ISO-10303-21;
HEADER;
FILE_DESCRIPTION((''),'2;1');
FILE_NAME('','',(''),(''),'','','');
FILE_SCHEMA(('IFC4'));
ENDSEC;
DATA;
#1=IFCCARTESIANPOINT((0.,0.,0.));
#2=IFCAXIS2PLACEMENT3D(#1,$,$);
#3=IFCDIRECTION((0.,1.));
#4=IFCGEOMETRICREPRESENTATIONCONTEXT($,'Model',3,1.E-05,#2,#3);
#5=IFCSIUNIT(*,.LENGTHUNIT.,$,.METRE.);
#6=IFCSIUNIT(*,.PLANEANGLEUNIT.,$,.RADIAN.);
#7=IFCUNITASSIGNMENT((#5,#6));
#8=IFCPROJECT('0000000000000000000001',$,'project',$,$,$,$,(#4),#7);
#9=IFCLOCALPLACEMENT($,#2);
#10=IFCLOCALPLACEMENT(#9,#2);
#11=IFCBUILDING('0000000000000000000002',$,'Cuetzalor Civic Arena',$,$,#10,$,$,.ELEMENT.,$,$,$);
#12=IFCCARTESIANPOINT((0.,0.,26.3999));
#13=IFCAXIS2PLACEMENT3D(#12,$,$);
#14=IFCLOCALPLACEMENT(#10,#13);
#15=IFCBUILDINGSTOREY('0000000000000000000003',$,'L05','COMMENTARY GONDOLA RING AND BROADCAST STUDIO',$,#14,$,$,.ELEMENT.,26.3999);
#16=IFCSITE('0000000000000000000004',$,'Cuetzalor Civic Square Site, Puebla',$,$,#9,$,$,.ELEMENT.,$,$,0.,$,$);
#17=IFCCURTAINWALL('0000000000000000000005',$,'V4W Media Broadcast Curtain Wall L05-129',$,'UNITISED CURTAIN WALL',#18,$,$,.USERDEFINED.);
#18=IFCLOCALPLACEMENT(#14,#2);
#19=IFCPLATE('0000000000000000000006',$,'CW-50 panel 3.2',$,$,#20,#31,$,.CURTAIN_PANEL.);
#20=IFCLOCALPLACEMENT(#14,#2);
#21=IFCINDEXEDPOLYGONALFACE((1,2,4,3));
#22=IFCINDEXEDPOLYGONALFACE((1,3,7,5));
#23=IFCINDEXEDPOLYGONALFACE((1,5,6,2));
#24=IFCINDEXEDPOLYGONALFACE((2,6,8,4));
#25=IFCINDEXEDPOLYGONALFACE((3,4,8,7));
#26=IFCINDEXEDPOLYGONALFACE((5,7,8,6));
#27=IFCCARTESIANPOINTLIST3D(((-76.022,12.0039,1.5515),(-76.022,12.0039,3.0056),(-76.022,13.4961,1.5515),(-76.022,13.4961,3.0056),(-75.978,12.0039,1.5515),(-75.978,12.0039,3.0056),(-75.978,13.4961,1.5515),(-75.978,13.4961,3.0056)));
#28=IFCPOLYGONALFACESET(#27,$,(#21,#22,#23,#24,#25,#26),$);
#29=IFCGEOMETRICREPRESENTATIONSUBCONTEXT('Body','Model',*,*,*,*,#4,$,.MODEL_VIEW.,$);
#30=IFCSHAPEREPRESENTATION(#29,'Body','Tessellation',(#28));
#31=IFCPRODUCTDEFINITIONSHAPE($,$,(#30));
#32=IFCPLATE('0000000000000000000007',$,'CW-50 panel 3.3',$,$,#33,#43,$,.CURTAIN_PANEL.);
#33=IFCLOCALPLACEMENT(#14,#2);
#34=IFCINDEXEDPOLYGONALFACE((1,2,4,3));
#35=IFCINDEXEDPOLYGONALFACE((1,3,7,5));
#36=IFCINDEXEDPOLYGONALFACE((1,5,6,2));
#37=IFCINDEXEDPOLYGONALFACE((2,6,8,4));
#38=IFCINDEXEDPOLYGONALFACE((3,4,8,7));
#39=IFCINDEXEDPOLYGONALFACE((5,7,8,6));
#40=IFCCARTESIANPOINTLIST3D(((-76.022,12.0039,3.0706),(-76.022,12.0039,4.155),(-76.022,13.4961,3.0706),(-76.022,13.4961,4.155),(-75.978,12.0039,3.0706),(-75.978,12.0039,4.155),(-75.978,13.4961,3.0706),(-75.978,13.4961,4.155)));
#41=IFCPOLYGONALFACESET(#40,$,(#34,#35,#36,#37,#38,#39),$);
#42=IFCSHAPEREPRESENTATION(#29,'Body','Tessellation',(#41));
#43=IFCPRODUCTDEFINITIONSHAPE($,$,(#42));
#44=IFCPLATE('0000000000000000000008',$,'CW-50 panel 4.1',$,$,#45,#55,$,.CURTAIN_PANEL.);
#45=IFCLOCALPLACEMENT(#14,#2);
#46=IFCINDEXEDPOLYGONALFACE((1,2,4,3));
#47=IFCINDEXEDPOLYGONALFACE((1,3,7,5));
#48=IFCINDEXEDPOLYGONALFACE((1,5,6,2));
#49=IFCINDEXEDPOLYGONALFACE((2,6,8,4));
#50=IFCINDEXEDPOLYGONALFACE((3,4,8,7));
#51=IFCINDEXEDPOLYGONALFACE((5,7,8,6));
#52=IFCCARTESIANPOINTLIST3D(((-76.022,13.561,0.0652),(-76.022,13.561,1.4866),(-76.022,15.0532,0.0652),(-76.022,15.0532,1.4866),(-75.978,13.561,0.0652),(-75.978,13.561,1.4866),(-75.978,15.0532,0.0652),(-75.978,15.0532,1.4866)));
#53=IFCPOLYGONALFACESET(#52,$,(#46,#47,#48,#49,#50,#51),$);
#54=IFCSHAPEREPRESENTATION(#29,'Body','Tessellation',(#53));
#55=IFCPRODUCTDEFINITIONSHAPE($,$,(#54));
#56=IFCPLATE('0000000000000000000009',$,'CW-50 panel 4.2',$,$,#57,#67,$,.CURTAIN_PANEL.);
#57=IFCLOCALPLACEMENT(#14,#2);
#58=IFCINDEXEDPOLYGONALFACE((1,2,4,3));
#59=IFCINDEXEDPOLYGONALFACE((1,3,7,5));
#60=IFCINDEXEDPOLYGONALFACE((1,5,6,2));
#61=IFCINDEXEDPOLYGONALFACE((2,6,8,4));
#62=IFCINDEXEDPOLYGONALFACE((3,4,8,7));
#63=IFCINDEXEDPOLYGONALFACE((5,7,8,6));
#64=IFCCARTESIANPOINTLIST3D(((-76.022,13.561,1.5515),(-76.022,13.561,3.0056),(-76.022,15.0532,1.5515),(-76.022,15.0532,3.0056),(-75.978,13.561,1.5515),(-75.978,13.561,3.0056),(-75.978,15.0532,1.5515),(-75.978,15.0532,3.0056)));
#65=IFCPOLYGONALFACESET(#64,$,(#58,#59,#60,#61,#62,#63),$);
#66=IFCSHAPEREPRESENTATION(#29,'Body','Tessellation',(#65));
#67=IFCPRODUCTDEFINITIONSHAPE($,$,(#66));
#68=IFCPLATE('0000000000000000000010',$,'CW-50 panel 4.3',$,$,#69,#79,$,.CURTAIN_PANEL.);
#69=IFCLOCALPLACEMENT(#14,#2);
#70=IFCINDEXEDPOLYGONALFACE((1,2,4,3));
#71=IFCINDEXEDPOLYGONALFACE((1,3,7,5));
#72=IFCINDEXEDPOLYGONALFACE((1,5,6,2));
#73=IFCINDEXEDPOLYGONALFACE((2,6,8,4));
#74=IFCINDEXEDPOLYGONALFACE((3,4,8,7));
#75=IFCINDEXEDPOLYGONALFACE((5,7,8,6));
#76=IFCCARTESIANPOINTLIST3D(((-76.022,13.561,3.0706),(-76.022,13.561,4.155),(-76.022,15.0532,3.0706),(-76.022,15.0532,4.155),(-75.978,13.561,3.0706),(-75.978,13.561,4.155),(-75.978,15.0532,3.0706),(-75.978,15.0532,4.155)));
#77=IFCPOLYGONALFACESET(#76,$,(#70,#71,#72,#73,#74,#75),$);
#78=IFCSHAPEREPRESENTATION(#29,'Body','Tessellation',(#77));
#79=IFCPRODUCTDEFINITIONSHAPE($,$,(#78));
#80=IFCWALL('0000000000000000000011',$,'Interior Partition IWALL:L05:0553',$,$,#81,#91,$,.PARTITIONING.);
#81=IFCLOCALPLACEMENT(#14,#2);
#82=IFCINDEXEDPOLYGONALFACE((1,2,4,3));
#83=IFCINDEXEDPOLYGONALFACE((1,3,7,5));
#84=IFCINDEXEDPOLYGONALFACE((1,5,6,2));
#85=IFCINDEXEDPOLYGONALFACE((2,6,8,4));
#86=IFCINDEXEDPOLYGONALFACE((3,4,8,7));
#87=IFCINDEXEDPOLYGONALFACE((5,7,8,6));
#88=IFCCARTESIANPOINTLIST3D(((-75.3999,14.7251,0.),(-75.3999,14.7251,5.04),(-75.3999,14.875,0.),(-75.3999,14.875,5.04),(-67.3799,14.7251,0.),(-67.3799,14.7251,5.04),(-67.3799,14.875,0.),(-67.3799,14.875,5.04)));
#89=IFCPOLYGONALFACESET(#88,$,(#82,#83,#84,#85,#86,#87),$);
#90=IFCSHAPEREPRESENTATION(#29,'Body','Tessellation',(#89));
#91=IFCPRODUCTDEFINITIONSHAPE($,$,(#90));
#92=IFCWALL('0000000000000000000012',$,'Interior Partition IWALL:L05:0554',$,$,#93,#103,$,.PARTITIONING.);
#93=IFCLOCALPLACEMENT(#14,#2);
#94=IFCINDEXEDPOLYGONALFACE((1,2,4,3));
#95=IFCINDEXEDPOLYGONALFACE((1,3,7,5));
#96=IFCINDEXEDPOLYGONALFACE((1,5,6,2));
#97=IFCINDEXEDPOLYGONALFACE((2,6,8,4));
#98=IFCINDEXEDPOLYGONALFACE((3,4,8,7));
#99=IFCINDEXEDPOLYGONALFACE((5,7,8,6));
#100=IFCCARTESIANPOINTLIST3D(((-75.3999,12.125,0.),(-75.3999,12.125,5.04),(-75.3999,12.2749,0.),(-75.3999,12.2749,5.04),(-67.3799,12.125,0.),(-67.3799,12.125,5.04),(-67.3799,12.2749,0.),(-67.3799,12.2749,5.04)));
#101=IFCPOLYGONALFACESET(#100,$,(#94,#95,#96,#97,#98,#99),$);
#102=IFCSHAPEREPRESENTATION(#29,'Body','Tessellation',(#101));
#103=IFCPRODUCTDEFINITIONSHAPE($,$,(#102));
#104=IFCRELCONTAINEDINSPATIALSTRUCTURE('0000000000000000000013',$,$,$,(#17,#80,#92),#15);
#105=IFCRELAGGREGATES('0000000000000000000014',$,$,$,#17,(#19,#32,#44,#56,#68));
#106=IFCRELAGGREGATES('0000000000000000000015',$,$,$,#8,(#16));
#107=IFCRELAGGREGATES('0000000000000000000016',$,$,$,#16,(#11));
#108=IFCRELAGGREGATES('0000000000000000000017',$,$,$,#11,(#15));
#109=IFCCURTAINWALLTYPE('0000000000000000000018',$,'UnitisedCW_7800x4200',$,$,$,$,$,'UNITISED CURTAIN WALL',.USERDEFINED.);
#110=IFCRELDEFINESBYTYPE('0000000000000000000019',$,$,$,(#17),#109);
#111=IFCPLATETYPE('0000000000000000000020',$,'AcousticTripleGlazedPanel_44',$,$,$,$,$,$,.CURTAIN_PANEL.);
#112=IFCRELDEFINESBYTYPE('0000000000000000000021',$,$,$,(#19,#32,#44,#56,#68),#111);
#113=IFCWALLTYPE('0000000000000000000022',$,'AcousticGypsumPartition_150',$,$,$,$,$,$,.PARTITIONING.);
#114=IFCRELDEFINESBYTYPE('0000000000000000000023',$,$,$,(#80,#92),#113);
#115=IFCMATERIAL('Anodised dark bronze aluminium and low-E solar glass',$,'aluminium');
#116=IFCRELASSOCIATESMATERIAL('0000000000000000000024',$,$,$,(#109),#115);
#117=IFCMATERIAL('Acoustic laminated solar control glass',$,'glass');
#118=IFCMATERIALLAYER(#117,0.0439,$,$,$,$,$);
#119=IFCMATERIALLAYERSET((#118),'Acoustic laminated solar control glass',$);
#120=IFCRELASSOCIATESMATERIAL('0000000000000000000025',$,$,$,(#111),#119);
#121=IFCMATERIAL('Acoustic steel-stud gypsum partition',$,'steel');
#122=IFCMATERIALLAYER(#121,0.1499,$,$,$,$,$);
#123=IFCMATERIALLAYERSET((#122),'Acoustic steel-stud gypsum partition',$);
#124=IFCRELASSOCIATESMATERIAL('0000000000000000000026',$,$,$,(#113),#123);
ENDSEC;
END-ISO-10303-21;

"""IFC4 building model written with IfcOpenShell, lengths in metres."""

from ifc_helpers import new_model, si_unit, direction, frame, frame_2d, origin, origin_2d, place, context, subcontext, project, spatial, rectangle, extrude, material, layer, layer_set, type_object, element, aggregate, save


model = new_model("IFC4")

# Units and contexts
model_context = context("Model", 3, precision=1e-05, world=origin(), true_north=direction((0.0, 1.0)))
body_context = subcontext(model_context, "Body", "Model", "MODEL_VIEW")
ifc_project = project(units=[si_unit("LENGTHUNIT", "METRE"), si_unit("PLANEANGLEUNIT", "RADIAN")], contexts=[model_context])

# Site, building, storey
site_placement = place(None, origin())
site = spatial("IfcSite", under=ifc_project, at=site_placement, Name="Cuetzalor Civic Square Site, Puebla", CompositionType="ELEMENT", RefElevation=0.0)
building_placement = place(site_placement, origin())
building = spatial("IfcBuilding", under=site, at=building_placement, Name="Cuetzalor Civic Arena", CompositionType="ELEMENT")
storey_placement = place(building_placement, frame((0.0, 0.0, 26.3999)))
storey = spatial("IfcBuildingStorey", under=building, at=storey_placement, Name="L05", Description="COMMENTARY GONDOLA RING AND BROADCAST STUDIO", CompositionType="ELEMENT", Elevation=26.3999)

# Curtain wall
ifc_material_1 = material(Name="Anodised dark bronze aluminium and low-E solar glass", Category="aluminium")
curtain_wall_type = type_object("IfcCurtainWallType", Name="UnitisedCW_7800x4200", ElementType="UNITISED CURTAIN WALL", PredefinedType="USERDEFINED", material=ifc_material_1)
curtain_wall_placement = place(storey_placement, origin())
curtain_wall = element("IfcCurtainWall", 1, at=curtain_wall_placement, inside=storey, type_object=curtain_wall_type, Name="V4W Media Broadcast Curtain Wall L05-129", ObjectType="UNITISED CURTAIN WALL", PredefinedType="USERDEFINED")

# Plates
ifc_material_2 = material(Name="Acoustic laminated solar control glass", Category="glass")
ifc_layer_1 = layer(ifc_material_2, 0.0439)
ifc_layer_set_1 = layer_set([ifc_layer_1], Name="Acoustic laminated solar control glass")
plate_type = type_object("IfcPlateType", Name="AcousticTripleGlazedPanel_44", PredefinedType="CURTAIN_PANEL", material=ifc_layer_set_1)
plate_1_placement = place(storey_placement, frame((-76.0, 12.75, 1.5515), z_axis=(0.0, 0.0, 1.0), x_axis=(0.0, 1.0, 0.0)))
plate_1 = element("IfcPlate", 2, at=plate_1_placement, type_object=plate_type, Name="CW-50 panel 3.2", PredefinedType="CURTAIN_PANEL", context=body_context, shape_type="SweptSolid", body=[
    extrude(rectangle(XDim=1.4922, YDim=0.0439, at=origin_2d()), origin(), (0.0, 0.0, 1.0), 1.4541),
])
plate_2_placement = place(storey_placement, frame((-76.0, 12.75, 3.0706), z_axis=(0.0, 0.0, 1.0), x_axis=(0.0, 1.0, 0.0)))
plate_2 = element("IfcPlate", 3, at=plate_2_placement, type_object=plate_type, Name="CW-50 panel 3.3", PredefinedType="CURTAIN_PANEL", context=body_context, shape_type="SweptSolid", body=[
    extrude(rectangle(XDim=1.4922, YDim=0.0439, at=origin_2d()), origin(), (0.0, 0.0, 1.0), 1.0845),
])
plate_3_placement = place(storey_placement, frame((-76.0, 14.3071, 0.0652), z_axis=(0.0, 0.0, 1.0), x_axis=(0.0, 1.0, 0.0)))
plate_3 = element("IfcPlate", 4, at=plate_3_placement, type_object=plate_type, Name="CW-50 panel 4.1", PredefinedType="CURTAIN_PANEL", context=body_context, shape_type="SweptSolid", body=[
    extrude(rectangle(XDim=1.4922, YDim=0.0439, at=origin_2d()), origin(), (0.0, 0.0, 1.0), 1.4214),
])
plate_4_placement = place(storey_placement, frame((-76.0, 14.3071, 1.5515), z_axis=(0.0, 0.0, 1.0), x_axis=(0.0, 1.0, 0.0)))
plate_4 = element("IfcPlate", 5, at=plate_4_placement, type_object=plate_type, Name="CW-50 panel 4.2", PredefinedType="CURTAIN_PANEL", context=body_context, shape_type="SweptSolid", body=[
    extrude(rectangle(XDim=1.4922, YDim=0.0439, at=origin_2d()), origin(), (0.0, 0.0, 1.0), 1.4541),
])
plate_5_placement = place(storey_placement, frame((-76.0, 14.3071, 3.0706), z_axis=(0.0, 0.0, 1.0), x_axis=(0.0, 1.0, 0.0)))
plate_5 = element("IfcPlate", 6, at=plate_5_placement, type_object=plate_type, Name="CW-50 panel 4.3", PredefinedType="CURTAIN_PANEL", context=body_context, shape_type="SweptSolid", body=[
    extrude(rectangle(XDim=1.4922, YDim=0.0439, at=origin_2d()), origin(), (0.0, 0.0, 1.0), 1.0845),
])
aggregate(curtain_wall, [plate_1, plate_2, plate_3, plate_4, plate_5])

# Walls
ifc_material_3 = material(Name="Acoustic steel-stud gypsum partition", Category="steel")
ifc_layer_2 = layer(ifc_material_3, 0.1499)
ifc_layer_set_2 = layer_set([ifc_layer_2], Name="Acoustic steel-stud gypsum partition")
wall_type = type_object("IfcWallType", Name="AcousticGypsumPartition_150", PredefinedType="PARTITIONING", material=ifc_layer_set_2)
for number, where, z_axis, x_axis, name in (
    (7, (-75.3999, 14.8, 0.0), (0.0, 0.0, 1.0), (1.0, 0.0, 0.0), "Interior Partition IWALL:L05:0553"),
    (8, (-67.3799, 12.2, 0.0), (0.0, 0.0, 1.0), (-1.0, 0.0, 0.0), "Interior Partition IWALL:L05:0554"),
):
    element("IfcWall", number, at=place(storey_placement, frame(where, z_axis=z_axis, x_axis=x_axis)), inside=storey, type_object=wall_type, Name=name, PredefinedType="PARTITIONING", context=body_context, shape_type="SweptSolid", body=[
        extrude(rectangle(XDim=8.02, YDim=0.1499, at=frame_2d((4.01, 0.0))), origin(), (0.0, 0.0, 1.0), 5.04),
    ])

save(model, "model.ifc")
